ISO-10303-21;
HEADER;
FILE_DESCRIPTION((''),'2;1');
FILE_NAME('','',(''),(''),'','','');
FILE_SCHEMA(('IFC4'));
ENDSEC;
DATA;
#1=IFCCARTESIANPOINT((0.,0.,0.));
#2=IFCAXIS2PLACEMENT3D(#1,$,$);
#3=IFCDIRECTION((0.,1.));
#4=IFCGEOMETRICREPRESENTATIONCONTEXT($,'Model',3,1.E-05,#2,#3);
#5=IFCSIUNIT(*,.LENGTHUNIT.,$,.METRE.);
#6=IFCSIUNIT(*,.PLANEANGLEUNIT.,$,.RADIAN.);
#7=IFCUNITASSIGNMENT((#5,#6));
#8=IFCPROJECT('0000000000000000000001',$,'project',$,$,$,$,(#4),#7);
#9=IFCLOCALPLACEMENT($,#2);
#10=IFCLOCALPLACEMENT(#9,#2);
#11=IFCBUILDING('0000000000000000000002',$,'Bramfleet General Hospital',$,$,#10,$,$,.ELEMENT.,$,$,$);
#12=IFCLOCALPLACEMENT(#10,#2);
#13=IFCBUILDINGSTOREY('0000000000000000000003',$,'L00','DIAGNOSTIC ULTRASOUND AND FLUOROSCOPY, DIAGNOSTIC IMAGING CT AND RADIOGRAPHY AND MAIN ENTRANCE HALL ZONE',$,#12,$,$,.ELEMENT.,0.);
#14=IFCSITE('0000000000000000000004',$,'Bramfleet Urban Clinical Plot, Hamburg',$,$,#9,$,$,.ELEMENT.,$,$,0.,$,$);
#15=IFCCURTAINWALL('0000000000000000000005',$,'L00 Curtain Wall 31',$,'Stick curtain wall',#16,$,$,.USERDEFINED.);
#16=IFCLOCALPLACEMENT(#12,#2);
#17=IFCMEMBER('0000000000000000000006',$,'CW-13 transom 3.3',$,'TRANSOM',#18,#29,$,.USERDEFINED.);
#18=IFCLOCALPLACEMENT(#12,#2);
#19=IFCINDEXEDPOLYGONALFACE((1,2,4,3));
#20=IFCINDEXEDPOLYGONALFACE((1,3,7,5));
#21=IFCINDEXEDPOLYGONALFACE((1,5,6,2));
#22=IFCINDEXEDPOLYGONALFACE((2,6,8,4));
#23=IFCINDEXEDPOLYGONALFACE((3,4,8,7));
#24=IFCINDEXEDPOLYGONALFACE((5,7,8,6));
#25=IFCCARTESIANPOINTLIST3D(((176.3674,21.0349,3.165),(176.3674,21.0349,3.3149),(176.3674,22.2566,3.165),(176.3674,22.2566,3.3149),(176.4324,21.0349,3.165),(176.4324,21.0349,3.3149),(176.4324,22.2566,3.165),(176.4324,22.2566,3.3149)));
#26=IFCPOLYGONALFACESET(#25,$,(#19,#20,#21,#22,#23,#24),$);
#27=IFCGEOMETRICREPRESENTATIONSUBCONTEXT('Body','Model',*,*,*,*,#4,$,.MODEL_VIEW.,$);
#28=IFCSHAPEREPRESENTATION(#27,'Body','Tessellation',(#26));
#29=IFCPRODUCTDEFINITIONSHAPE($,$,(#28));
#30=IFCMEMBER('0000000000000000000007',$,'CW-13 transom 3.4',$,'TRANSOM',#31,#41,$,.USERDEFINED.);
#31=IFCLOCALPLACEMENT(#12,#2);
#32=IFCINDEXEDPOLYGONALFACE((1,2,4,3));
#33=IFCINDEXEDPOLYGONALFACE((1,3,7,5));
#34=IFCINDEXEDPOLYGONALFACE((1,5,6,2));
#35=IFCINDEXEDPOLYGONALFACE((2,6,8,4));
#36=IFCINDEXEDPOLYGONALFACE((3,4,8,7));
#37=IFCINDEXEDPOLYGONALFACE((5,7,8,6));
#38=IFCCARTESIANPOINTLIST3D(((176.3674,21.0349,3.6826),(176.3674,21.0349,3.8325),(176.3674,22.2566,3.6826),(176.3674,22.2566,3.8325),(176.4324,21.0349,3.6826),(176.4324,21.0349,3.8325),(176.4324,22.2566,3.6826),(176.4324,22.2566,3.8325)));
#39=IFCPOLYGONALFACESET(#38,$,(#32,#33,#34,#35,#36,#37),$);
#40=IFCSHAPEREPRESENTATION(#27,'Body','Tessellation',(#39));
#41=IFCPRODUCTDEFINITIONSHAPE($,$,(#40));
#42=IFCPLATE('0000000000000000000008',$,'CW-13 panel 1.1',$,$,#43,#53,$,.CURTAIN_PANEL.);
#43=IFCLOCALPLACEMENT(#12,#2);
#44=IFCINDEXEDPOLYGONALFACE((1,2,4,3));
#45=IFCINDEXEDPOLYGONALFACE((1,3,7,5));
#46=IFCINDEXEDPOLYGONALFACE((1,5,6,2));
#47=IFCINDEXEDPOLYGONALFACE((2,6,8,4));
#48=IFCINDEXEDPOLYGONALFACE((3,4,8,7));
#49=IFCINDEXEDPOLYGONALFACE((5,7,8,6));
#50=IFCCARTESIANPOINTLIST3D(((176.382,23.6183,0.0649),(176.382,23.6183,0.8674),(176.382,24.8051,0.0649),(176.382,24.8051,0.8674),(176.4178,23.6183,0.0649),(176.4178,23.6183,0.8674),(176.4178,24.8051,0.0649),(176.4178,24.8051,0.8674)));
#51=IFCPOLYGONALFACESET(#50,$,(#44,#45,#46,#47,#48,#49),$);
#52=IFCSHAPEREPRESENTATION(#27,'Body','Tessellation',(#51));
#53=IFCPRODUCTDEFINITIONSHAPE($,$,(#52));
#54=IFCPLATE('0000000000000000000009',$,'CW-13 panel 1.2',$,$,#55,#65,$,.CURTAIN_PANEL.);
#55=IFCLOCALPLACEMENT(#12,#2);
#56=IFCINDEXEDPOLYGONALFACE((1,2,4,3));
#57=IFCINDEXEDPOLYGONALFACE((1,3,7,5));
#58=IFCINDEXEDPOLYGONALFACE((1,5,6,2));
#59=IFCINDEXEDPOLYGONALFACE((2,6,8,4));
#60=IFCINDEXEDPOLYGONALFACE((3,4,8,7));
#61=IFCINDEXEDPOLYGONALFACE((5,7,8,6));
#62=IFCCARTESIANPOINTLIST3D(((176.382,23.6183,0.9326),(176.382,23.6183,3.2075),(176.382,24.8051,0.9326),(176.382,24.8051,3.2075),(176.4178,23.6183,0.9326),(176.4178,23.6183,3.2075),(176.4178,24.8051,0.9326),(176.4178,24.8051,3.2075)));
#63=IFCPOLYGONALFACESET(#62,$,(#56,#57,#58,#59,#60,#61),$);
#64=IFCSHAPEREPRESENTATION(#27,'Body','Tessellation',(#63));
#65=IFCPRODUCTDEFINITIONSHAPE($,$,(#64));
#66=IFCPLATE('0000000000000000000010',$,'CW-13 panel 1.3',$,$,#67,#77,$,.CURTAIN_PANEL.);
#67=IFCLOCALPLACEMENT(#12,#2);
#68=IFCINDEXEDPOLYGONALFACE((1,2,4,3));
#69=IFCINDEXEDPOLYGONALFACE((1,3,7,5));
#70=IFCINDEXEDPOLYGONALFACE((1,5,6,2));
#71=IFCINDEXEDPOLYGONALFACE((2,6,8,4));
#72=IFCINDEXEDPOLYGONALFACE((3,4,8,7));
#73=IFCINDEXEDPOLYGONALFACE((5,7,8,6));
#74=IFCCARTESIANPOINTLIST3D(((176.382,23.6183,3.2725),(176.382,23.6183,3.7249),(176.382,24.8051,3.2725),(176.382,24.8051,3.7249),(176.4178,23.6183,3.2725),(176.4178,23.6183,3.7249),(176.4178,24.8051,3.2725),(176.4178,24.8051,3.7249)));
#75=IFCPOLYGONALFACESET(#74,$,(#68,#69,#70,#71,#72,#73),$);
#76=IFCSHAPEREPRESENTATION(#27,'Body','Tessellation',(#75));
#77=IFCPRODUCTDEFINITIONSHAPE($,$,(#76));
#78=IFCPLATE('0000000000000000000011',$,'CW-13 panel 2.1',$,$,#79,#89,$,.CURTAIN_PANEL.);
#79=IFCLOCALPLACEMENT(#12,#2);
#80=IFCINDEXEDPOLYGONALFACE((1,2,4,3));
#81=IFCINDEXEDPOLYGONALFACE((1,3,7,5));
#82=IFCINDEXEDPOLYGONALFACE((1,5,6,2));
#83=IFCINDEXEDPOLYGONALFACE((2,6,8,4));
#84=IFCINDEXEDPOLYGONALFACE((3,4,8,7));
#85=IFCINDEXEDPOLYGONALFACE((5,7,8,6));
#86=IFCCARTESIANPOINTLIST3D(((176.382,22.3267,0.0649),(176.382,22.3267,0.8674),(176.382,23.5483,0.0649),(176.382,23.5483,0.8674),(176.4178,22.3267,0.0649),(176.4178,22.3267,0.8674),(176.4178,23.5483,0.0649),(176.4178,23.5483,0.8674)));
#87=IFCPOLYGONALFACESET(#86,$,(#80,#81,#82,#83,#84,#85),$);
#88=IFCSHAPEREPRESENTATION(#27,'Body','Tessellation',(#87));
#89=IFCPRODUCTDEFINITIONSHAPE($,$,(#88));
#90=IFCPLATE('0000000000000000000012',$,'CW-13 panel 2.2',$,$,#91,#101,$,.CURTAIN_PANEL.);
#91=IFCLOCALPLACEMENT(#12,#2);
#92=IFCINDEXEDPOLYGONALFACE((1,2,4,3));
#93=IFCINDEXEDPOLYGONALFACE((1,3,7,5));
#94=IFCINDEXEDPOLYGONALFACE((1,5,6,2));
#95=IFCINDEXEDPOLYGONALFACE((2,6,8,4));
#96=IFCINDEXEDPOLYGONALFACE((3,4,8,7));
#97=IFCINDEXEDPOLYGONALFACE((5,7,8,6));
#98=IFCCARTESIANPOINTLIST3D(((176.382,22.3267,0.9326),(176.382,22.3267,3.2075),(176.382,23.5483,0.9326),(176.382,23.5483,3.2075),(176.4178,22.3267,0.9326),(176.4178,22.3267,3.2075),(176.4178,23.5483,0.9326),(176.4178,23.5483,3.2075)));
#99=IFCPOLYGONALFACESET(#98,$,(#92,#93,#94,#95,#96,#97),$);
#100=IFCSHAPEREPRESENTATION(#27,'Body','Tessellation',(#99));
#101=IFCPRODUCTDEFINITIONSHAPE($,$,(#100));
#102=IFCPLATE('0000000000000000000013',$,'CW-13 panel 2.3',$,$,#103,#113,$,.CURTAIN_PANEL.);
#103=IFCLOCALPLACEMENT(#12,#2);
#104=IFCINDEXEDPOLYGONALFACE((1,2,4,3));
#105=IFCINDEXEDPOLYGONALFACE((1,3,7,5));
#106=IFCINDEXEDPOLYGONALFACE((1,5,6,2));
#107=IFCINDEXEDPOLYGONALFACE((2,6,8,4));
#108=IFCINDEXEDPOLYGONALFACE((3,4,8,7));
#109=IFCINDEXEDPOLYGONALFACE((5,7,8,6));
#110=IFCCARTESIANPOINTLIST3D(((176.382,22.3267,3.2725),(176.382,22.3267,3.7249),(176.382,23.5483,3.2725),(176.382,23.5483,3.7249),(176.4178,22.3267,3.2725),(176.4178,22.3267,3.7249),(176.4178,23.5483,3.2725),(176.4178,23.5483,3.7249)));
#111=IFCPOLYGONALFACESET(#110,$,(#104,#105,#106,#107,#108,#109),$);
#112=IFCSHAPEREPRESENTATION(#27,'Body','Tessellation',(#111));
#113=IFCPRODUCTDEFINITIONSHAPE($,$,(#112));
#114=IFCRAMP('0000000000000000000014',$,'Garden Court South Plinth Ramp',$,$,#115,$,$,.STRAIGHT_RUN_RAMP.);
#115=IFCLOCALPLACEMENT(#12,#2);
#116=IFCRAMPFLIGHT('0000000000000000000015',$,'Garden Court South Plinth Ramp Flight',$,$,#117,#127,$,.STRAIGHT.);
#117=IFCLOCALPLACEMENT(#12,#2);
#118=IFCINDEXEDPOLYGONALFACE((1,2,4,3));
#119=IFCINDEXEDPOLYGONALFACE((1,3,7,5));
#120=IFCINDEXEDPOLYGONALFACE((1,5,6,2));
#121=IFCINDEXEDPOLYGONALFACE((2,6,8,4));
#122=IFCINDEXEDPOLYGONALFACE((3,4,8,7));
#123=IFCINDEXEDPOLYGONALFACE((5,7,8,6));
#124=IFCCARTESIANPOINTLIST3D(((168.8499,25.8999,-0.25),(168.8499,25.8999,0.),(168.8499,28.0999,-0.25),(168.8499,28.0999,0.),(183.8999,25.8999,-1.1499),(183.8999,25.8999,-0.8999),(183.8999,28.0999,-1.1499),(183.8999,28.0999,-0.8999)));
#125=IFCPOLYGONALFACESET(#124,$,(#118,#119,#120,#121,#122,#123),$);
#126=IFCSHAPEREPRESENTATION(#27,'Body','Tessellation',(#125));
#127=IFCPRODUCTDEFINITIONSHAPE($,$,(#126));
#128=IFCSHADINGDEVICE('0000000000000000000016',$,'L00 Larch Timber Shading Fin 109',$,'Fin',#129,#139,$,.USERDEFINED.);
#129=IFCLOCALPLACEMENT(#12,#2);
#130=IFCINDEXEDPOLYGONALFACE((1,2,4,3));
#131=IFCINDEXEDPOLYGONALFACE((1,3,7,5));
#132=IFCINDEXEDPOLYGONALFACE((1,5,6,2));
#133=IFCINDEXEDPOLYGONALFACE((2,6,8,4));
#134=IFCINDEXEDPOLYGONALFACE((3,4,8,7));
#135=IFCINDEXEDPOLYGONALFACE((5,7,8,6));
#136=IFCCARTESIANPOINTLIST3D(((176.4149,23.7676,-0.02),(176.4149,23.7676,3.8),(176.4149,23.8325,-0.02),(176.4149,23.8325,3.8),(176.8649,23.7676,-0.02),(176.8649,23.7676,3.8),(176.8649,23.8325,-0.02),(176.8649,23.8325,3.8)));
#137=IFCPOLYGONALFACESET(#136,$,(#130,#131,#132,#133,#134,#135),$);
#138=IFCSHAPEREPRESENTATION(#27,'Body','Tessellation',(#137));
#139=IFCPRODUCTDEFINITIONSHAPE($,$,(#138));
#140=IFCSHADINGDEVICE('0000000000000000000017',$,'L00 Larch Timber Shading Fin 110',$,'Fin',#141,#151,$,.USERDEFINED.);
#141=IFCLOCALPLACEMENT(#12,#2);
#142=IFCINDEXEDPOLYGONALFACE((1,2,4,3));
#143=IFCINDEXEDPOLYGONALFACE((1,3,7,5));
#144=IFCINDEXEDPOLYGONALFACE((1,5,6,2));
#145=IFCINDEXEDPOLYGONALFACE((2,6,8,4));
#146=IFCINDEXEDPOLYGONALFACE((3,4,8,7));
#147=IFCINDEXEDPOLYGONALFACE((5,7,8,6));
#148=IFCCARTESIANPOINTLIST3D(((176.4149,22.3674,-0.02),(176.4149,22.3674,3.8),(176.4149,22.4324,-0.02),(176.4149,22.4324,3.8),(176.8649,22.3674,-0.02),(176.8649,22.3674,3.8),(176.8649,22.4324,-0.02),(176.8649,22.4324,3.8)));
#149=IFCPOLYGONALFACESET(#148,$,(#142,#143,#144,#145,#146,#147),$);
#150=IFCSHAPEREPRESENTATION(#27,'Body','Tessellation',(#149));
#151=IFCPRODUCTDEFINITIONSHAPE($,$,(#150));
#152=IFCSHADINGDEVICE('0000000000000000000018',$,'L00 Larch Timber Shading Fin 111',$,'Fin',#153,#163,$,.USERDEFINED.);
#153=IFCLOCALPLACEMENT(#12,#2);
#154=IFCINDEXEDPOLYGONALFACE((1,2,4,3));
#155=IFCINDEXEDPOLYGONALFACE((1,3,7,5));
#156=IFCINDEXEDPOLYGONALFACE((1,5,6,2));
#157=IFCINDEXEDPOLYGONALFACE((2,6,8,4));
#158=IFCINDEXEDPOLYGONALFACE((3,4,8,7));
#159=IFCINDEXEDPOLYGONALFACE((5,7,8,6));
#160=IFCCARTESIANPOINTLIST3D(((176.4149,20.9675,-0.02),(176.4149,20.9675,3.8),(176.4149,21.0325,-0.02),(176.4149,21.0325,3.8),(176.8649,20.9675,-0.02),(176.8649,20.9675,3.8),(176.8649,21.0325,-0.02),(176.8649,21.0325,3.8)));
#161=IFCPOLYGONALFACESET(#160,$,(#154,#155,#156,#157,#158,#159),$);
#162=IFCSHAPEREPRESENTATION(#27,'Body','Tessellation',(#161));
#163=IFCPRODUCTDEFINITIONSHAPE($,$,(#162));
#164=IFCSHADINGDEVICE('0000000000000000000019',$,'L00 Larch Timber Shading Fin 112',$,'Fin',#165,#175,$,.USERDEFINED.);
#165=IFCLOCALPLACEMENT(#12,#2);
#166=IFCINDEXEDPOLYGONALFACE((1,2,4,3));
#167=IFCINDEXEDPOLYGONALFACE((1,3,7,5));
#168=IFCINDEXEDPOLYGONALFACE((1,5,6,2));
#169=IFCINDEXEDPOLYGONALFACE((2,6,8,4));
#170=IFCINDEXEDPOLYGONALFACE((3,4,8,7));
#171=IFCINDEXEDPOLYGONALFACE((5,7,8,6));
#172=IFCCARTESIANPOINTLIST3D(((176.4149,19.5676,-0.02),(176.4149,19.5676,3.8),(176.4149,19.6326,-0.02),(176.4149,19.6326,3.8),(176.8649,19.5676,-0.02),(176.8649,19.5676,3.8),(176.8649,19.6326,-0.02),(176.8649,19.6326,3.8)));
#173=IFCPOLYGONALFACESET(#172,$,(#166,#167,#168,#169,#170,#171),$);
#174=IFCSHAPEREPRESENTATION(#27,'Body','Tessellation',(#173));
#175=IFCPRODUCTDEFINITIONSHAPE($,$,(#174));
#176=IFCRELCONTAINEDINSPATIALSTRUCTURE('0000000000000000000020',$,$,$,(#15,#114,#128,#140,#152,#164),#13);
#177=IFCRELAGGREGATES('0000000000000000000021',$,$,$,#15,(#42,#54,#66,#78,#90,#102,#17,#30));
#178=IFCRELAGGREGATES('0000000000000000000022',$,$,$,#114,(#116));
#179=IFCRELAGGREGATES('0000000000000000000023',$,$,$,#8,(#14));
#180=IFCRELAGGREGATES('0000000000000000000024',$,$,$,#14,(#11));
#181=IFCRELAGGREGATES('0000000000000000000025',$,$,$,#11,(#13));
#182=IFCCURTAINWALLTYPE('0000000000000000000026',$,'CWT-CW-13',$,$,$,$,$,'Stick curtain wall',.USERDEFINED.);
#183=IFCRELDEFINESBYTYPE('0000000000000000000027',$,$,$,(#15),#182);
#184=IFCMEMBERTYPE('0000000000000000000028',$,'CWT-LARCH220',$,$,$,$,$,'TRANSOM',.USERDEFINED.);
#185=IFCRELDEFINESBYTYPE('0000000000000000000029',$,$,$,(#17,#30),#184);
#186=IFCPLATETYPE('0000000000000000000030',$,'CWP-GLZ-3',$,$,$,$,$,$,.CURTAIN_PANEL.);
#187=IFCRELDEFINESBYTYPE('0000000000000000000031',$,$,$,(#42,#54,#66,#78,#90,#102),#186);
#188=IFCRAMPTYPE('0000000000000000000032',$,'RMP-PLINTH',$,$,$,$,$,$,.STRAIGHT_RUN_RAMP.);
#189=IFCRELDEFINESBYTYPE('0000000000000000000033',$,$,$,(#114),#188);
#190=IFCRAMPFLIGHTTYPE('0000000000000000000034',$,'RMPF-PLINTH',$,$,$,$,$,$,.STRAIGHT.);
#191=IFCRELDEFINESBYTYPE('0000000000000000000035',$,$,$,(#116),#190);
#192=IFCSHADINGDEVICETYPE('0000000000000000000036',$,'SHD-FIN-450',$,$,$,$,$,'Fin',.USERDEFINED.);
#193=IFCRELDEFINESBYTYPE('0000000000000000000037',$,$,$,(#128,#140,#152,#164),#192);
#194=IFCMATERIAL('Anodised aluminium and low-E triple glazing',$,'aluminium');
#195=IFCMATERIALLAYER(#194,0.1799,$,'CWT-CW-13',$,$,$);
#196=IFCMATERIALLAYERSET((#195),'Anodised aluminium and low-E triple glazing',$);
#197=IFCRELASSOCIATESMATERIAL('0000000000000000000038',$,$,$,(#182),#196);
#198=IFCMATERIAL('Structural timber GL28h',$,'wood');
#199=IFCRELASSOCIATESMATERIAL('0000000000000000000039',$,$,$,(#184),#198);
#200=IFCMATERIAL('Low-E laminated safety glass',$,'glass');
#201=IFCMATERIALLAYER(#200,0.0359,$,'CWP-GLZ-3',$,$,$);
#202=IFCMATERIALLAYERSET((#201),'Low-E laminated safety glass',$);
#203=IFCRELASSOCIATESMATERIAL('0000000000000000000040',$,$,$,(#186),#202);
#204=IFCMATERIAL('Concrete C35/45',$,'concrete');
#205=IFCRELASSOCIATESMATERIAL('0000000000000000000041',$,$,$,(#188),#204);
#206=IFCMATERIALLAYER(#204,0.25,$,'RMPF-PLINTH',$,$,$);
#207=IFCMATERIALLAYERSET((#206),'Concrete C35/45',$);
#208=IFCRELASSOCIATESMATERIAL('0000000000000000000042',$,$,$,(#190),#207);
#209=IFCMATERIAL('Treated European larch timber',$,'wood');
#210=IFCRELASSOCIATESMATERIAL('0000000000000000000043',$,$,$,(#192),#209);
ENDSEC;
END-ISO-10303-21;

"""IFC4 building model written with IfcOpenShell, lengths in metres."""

from ifc_helpers import new_model, si_unit, direction, frame, origin, origin_2d, place, context, subcontext, project, spatial, polyline, rectangle, outline, extrude, material, layer, layer_set, material_profile, profile_set, type_object, element, aggregate, save


model = new_model("IFC4")

# Units and contexts
model_context = context("Model", 3, precision=1e-05, world=origin(), true_north=direction((0.0, 1.0)))
body_context = subcontext(model_context, "Body", "Model", "MODEL_VIEW")
ifc_project = project(units=[si_unit("LENGTHUNIT", "METRE"), si_unit("PLANEANGLEUNIT", "RADIAN")], contexts=[model_context])

# Site, building, storey
site_placement = place(None, origin())
site = spatial("IfcSite", under=ifc_project, at=site_placement, Name="Bramfleet Urban Clinical Plot, Hamburg", CompositionType="ELEMENT", RefElevation=0.0)
building_placement = place(site_placement, origin())
building = spatial("IfcBuilding", under=site, at=building_placement, Name="Bramfleet General Hospital", CompositionType="ELEMENT")
storey_placement = place(building_placement, origin())
storey = spatial("IfcBuildingStorey", under=building, at=storey_placement, Name="L00", Description="DIAGNOSTIC ULTRASOUND AND FLUOROSCOPY, DIAGNOSTIC IMAGING CT AND RADIOGRAPHY AND MAIN ENTRANCE HALL ZONE", CompositionType="ELEMENT", Elevation=0.0)

# Curtain wall, members, plates
ifc_material_1 = material(Name="Anodised aluminium and low-E triple glazing", Category="aluminium")
ifc_layer_1 = layer(ifc_material_1, 0.1799, Name="CWT-CW-13")
ifc_layer_set_1 = layer_set([ifc_layer_1], Name="Anodised aluminium and low-E triple glazing")
curtain_wall_type = type_object("IfcCurtainWallType", Name="CWT-CW-13", ElementType="Stick curtain wall", PredefinedType="USERDEFINED", material=ifc_layer_set_1)
curtain_wall_placement = place(storey_placement, origin())
curtain_wall = element("IfcCurtainWall", 1, at=curtain_wall_placement, inside=storey, type_object=curtain_wall_type, Name="L00 Curtain Wall 31", ObjectType="Stick curtain wall", PredefinedType="USERDEFINED")
ifc_material_2 = material(Name="Structural timber GL28h", Category="wood")
ifc_material_profile_1 = material_profile(ifc_material_2, rectangle(XDim=0.0649, YDim=0.1499, at=origin_2d()), Name="LARCH 150x65")
ifc_profile_set_1 = profile_set([ifc_material_profile_1], Name="Structural timber GL28h")
member_type_1 = type_object("IfcMemberType", Name="CWT-LARCH220", ElementType="TRANSOM", PredefinedType="USERDEFINED", material=ifc_profile_set_1)
member_1_placement = place(storey_placement, frame((176.3999, 22.2566, 3.24), z_axis=(0.0, -1.0, 0.0), x_axis=(1.0, 0.0, 0.0)))
member_1 = element("IfcMember", 2, at=member_1_placement, type_object=member_type_1, Name="CW-13 transom 3.3", ObjectType="TRANSOM", PredefinedType="USERDEFINED", context=body_context, shape_type="SweptSolid", body=[
    extrude(rectangle(XDim=0.0649, YDim=0.1499, at=origin_2d()), origin(), (0.0, 0.0, 1.0), 1.2217),
])
member_2_placement = place(storey_placement, frame((176.3999, 22.2566, 3.7576), z_axis=(0.0, -1.0, 0.0), x_axis=(1.0, 0.0, 0.0)))
member_2 = element("IfcMember", 3, at=member_2_placement, type_object=member_type_1, Name="CW-13 transom 3.4", ObjectType="TRANSOM", PredefinedType="USERDEFINED", context=body_context, shape_type="SweptSolid", body=[
    extrude(rectangle(XDim=0.0649, YDim=0.1499, at=origin_2d()), origin(), (0.0, 0.0, 1.0), 1.2217),
])
ifc_material_3 = material(Name="Low-E laminated safety glass", Category="glass")
ifc_layer_2 = layer(ifc_material_3, 0.0359, Name="CWP-GLZ-3")
ifc_layer_set_2 = layer_set([ifc_layer_2], Name="Low-E laminated safety glass")
plate_type = type_object("IfcPlateType", Name="CWP-GLZ-3", PredefinedType="CURTAIN_PANEL", material=ifc_layer_set_2)
plate_1_placement = place(storey_placement, frame((176.3999, 24.2117, 0.0649), z_axis=(0.0, 0.0, 1.0), x_axis=(0.0, -1.0, 0.0)))
plate_1 = element("IfcPlate", 4, at=plate_1_placement, type_object=plate_type, Name="CW-13 panel 1.1", PredefinedType="CURTAIN_PANEL", context=body_context, shape_type="SweptSolid", body=[
    extrude(rectangle(XDim=1.1868, YDim=0.0359, at=origin_2d()), origin(), (0.0, 0.0, 1.0), 0.8025),
])
plate_2_placement = place(storey_placement, frame((176.3999, 24.2117, 0.9326), z_axis=(0.0, 0.0, 1.0), x_axis=(0.0, -1.0, 0.0)))
plate_2 = element("IfcPlate", 5, at=plate_2_placement, type_object=plate_type, Name="CW-13 panel 1.2", PredefinedType="CURTAIN_PANEL", context=body_context, shape_type="SweptSolid", body=[
    extrude(rectangle(XDim=1.1868, YDim=0.0359, at=origin_2d()), origin(), (0.0, 0.0, 1.0), 2.2749),
])
plate_3_placement = place(storey_placement, frame((176.3999, 24.2117, 3.2725), z_axis=(0.0, 0.0, 1.0), x_axis=(0.0, -1.0, 0.0)))
plate_3 = element("IfcPlate", 6, at=plate_3_placement, type_object=plate_type, Name="CW-13 panel 1.3", PredefinedType="CURTAIN_PANEL", context=body_context, shape_type="SweptSolid", body=[
    extrude(rectangle(XDim=1.1868, YDim=0.0359, at=origin_2d()), origin(), (0.0, 0.0, 1.0), 0.4524),
])
plate_4_placement = place(storey_placement, frame((176.3999, 22.9375, 0.0649), z_axis=(0.0, 0.0, 1.0), x_axis=(0.0, -1.0, 0.0)))
plate_4 = element("IfcPlate", 7, at=plate_4_placement, type_object=plate_type, Name="CW-13 panel 2.1", PredefinedType="CURTAIN_PANEL", context=body_context, shape_type="SweptSolid", body=[
    extrude(rectangle(XDim=1.2217, YDim=0.0359, at=origin_2d()), origin(), (0.0, 0.0, 1.0), 0.8025),
])
plate_5_placement = place(storey_placement, frame((176.3999, 22.9375, 0.9326), z_axis=(0.0, 0.0, 1.0), x_axis=(0.0, -1.0, 0.0)))
plate_5 = element("IfcPlate", 8, at=plate_5_placement, type_object=plate_type, Name="CW-13 panel 2.2", PredefinedType="CURTAIN_PANEL", context=body_context, shape_type="SweptSolid", body=[
    extrude(rectangle(XDim=1.2217, YDim=0.0359, at=origin_2d()), origin(), (0.0, 0.0, 1.0), 2.2749),
])
plate_6_placement = place(storey_placement, frame((176.3999, 22.9375, 3.2725), z_axis=(0.0, 0.0, 1.0), x_axis=(0.0, -1.0, 0.0)))
plate_6 = element("IfcPlate", 9, at=plate_6_placement, type_object=plate_type, Name="CW-13 panel 2.3", PredefinedType="CURTAIN_PANEL", context=body_context, shape_type="SweptSolid", body=[
    extrude(rectangle(XDim=1.2217, YDim=0.0359, at=origin_2d()), origin(), (0.0, 0.0, 1.0), 0.4524),
])
aggregate(curtain_wall, [plate_1, plate_2, plate_3, plate_4, plate_5, plate_6, member_1, member_2])

# Ramp, ramp flight
ifc_material_4 = material(Name="Concrete C35/45", Category="concrete")
ramp_type = type_object("IfcRampType", Name="RMP-PLINTH", PredefinedType="STRAIGHT_RUN_RAMP", material=ifc_material_4)
ramp_placement = place(storey_placement, origin())
ramp = element("IfcRamp", 10, at=ramp_placement, inside=storey, type_object=ramp_type, Name="Garden Court South Plinth Ramp", PredefinedType="STRAIGHT_RUN_RAMP")
ifc_layer_3 = layer(ifc_material_4, 0.25, Name="RMPF-PLINTH")
ifc_layer_set_3 = layer_set([ifc_layer_3], Name="Concrete C35/45")
ramp_flight_type = type_object("IfcRampFlightType", Name="RMPF-PLINTH", PredefinedType="STRAIGHT", material=ifc_layer_set_3)
ramp_flight_placement = place(storey_placement, frame((183.8999, 27.0, -0.8999), z_axis=(0.0, 0.0, 1.0), x_axis=(-1.0, 0.0, 0.0)))
ramp_flight = element("IfcRampFlight", 11, at=ramp_flight_placement, type_object=ramp_flight_type, Name="Garden Court South Plinth Ramp Flight", PredefinedType="STRAIGHT", context=body_context, shape_type="SweptSolid", body=[
    extrude(outline(polyline([(0.0, 0.0), (0.0, -0.25), (15.05, 0.6499), (15.05, 0.8999), (0.0, 0.0)])), frame((0.0, 1.1001, 0.0), z_axis=(0.0, -1.0, 0.0), x_axis=(1.0, 0.0, 0.0)), (0.0, 0.0, 1.0), 2.2),
])
aggregate(ramp, [ramp_flight])

# Shading devices
ifc_material_5 = material(Name="Treated European larch timber", Category="wood")
ifc_material_profile_2 = material_profile(ifc_material_5, rectangle(XDim=0.0649, YDim=0.45, at=origin_2d()), Name="LARCH FIN 450x65")
ifc_profile_set_2 = profile_set([ifc_material_profile_2], Name="Treated European larch timber")
shading_device_type = type_object("IfcShadingDeviceType", Name="SHD-FIN-450", ElementType="Fin", PredefinedType="USERDEFINED", material=ifc_profile_set_2)
for number, where, z_axis, x_axis, name in (
    (12, (176.6399, 23.8, -0.02), (0.0, 0.0, 1.0), (0.0, -1.0, 0.0), "L00 Larch Timber Shading Fin 109"),
    (13, (176.6399, 22.3999, -0.02), (0.0, 0.0, 1.0), (0.0, -1.0, 0.0), "L00 Larch Timber Shading Fin 110"),
    (14, (176.6399, 21.0, -0.02), (0.0, 0.0, 1.0), (0.0, -1.0, 0.0), "L00 Larch Timber Shading Fin 111"),
    (15, (176.6399, 19.6001, -0.02), (0.0, 0.0, 1.0), (0.0, -1.0, 0.0), "L00 Larch Timber Shading Fin 112"),
):
    element("IfcShadingDevice", number, at=place(storey_placement, frame(where, z_axis=z_axis, x_axis=x_axis)), inside=storey, type_object=shading_device_type, Name=name, ObjectType="Fin", PredefinedType="USERDEFINED", context=body_context, shape_type="SweptSolid", body=[
        extrude(rectangle(XDim=0.0649, YDim=0.45, at=origin_2d()), origin(), (0.0, 0.0, 1.0), 3.8201),
    ])

save(model, "model.ifc")
